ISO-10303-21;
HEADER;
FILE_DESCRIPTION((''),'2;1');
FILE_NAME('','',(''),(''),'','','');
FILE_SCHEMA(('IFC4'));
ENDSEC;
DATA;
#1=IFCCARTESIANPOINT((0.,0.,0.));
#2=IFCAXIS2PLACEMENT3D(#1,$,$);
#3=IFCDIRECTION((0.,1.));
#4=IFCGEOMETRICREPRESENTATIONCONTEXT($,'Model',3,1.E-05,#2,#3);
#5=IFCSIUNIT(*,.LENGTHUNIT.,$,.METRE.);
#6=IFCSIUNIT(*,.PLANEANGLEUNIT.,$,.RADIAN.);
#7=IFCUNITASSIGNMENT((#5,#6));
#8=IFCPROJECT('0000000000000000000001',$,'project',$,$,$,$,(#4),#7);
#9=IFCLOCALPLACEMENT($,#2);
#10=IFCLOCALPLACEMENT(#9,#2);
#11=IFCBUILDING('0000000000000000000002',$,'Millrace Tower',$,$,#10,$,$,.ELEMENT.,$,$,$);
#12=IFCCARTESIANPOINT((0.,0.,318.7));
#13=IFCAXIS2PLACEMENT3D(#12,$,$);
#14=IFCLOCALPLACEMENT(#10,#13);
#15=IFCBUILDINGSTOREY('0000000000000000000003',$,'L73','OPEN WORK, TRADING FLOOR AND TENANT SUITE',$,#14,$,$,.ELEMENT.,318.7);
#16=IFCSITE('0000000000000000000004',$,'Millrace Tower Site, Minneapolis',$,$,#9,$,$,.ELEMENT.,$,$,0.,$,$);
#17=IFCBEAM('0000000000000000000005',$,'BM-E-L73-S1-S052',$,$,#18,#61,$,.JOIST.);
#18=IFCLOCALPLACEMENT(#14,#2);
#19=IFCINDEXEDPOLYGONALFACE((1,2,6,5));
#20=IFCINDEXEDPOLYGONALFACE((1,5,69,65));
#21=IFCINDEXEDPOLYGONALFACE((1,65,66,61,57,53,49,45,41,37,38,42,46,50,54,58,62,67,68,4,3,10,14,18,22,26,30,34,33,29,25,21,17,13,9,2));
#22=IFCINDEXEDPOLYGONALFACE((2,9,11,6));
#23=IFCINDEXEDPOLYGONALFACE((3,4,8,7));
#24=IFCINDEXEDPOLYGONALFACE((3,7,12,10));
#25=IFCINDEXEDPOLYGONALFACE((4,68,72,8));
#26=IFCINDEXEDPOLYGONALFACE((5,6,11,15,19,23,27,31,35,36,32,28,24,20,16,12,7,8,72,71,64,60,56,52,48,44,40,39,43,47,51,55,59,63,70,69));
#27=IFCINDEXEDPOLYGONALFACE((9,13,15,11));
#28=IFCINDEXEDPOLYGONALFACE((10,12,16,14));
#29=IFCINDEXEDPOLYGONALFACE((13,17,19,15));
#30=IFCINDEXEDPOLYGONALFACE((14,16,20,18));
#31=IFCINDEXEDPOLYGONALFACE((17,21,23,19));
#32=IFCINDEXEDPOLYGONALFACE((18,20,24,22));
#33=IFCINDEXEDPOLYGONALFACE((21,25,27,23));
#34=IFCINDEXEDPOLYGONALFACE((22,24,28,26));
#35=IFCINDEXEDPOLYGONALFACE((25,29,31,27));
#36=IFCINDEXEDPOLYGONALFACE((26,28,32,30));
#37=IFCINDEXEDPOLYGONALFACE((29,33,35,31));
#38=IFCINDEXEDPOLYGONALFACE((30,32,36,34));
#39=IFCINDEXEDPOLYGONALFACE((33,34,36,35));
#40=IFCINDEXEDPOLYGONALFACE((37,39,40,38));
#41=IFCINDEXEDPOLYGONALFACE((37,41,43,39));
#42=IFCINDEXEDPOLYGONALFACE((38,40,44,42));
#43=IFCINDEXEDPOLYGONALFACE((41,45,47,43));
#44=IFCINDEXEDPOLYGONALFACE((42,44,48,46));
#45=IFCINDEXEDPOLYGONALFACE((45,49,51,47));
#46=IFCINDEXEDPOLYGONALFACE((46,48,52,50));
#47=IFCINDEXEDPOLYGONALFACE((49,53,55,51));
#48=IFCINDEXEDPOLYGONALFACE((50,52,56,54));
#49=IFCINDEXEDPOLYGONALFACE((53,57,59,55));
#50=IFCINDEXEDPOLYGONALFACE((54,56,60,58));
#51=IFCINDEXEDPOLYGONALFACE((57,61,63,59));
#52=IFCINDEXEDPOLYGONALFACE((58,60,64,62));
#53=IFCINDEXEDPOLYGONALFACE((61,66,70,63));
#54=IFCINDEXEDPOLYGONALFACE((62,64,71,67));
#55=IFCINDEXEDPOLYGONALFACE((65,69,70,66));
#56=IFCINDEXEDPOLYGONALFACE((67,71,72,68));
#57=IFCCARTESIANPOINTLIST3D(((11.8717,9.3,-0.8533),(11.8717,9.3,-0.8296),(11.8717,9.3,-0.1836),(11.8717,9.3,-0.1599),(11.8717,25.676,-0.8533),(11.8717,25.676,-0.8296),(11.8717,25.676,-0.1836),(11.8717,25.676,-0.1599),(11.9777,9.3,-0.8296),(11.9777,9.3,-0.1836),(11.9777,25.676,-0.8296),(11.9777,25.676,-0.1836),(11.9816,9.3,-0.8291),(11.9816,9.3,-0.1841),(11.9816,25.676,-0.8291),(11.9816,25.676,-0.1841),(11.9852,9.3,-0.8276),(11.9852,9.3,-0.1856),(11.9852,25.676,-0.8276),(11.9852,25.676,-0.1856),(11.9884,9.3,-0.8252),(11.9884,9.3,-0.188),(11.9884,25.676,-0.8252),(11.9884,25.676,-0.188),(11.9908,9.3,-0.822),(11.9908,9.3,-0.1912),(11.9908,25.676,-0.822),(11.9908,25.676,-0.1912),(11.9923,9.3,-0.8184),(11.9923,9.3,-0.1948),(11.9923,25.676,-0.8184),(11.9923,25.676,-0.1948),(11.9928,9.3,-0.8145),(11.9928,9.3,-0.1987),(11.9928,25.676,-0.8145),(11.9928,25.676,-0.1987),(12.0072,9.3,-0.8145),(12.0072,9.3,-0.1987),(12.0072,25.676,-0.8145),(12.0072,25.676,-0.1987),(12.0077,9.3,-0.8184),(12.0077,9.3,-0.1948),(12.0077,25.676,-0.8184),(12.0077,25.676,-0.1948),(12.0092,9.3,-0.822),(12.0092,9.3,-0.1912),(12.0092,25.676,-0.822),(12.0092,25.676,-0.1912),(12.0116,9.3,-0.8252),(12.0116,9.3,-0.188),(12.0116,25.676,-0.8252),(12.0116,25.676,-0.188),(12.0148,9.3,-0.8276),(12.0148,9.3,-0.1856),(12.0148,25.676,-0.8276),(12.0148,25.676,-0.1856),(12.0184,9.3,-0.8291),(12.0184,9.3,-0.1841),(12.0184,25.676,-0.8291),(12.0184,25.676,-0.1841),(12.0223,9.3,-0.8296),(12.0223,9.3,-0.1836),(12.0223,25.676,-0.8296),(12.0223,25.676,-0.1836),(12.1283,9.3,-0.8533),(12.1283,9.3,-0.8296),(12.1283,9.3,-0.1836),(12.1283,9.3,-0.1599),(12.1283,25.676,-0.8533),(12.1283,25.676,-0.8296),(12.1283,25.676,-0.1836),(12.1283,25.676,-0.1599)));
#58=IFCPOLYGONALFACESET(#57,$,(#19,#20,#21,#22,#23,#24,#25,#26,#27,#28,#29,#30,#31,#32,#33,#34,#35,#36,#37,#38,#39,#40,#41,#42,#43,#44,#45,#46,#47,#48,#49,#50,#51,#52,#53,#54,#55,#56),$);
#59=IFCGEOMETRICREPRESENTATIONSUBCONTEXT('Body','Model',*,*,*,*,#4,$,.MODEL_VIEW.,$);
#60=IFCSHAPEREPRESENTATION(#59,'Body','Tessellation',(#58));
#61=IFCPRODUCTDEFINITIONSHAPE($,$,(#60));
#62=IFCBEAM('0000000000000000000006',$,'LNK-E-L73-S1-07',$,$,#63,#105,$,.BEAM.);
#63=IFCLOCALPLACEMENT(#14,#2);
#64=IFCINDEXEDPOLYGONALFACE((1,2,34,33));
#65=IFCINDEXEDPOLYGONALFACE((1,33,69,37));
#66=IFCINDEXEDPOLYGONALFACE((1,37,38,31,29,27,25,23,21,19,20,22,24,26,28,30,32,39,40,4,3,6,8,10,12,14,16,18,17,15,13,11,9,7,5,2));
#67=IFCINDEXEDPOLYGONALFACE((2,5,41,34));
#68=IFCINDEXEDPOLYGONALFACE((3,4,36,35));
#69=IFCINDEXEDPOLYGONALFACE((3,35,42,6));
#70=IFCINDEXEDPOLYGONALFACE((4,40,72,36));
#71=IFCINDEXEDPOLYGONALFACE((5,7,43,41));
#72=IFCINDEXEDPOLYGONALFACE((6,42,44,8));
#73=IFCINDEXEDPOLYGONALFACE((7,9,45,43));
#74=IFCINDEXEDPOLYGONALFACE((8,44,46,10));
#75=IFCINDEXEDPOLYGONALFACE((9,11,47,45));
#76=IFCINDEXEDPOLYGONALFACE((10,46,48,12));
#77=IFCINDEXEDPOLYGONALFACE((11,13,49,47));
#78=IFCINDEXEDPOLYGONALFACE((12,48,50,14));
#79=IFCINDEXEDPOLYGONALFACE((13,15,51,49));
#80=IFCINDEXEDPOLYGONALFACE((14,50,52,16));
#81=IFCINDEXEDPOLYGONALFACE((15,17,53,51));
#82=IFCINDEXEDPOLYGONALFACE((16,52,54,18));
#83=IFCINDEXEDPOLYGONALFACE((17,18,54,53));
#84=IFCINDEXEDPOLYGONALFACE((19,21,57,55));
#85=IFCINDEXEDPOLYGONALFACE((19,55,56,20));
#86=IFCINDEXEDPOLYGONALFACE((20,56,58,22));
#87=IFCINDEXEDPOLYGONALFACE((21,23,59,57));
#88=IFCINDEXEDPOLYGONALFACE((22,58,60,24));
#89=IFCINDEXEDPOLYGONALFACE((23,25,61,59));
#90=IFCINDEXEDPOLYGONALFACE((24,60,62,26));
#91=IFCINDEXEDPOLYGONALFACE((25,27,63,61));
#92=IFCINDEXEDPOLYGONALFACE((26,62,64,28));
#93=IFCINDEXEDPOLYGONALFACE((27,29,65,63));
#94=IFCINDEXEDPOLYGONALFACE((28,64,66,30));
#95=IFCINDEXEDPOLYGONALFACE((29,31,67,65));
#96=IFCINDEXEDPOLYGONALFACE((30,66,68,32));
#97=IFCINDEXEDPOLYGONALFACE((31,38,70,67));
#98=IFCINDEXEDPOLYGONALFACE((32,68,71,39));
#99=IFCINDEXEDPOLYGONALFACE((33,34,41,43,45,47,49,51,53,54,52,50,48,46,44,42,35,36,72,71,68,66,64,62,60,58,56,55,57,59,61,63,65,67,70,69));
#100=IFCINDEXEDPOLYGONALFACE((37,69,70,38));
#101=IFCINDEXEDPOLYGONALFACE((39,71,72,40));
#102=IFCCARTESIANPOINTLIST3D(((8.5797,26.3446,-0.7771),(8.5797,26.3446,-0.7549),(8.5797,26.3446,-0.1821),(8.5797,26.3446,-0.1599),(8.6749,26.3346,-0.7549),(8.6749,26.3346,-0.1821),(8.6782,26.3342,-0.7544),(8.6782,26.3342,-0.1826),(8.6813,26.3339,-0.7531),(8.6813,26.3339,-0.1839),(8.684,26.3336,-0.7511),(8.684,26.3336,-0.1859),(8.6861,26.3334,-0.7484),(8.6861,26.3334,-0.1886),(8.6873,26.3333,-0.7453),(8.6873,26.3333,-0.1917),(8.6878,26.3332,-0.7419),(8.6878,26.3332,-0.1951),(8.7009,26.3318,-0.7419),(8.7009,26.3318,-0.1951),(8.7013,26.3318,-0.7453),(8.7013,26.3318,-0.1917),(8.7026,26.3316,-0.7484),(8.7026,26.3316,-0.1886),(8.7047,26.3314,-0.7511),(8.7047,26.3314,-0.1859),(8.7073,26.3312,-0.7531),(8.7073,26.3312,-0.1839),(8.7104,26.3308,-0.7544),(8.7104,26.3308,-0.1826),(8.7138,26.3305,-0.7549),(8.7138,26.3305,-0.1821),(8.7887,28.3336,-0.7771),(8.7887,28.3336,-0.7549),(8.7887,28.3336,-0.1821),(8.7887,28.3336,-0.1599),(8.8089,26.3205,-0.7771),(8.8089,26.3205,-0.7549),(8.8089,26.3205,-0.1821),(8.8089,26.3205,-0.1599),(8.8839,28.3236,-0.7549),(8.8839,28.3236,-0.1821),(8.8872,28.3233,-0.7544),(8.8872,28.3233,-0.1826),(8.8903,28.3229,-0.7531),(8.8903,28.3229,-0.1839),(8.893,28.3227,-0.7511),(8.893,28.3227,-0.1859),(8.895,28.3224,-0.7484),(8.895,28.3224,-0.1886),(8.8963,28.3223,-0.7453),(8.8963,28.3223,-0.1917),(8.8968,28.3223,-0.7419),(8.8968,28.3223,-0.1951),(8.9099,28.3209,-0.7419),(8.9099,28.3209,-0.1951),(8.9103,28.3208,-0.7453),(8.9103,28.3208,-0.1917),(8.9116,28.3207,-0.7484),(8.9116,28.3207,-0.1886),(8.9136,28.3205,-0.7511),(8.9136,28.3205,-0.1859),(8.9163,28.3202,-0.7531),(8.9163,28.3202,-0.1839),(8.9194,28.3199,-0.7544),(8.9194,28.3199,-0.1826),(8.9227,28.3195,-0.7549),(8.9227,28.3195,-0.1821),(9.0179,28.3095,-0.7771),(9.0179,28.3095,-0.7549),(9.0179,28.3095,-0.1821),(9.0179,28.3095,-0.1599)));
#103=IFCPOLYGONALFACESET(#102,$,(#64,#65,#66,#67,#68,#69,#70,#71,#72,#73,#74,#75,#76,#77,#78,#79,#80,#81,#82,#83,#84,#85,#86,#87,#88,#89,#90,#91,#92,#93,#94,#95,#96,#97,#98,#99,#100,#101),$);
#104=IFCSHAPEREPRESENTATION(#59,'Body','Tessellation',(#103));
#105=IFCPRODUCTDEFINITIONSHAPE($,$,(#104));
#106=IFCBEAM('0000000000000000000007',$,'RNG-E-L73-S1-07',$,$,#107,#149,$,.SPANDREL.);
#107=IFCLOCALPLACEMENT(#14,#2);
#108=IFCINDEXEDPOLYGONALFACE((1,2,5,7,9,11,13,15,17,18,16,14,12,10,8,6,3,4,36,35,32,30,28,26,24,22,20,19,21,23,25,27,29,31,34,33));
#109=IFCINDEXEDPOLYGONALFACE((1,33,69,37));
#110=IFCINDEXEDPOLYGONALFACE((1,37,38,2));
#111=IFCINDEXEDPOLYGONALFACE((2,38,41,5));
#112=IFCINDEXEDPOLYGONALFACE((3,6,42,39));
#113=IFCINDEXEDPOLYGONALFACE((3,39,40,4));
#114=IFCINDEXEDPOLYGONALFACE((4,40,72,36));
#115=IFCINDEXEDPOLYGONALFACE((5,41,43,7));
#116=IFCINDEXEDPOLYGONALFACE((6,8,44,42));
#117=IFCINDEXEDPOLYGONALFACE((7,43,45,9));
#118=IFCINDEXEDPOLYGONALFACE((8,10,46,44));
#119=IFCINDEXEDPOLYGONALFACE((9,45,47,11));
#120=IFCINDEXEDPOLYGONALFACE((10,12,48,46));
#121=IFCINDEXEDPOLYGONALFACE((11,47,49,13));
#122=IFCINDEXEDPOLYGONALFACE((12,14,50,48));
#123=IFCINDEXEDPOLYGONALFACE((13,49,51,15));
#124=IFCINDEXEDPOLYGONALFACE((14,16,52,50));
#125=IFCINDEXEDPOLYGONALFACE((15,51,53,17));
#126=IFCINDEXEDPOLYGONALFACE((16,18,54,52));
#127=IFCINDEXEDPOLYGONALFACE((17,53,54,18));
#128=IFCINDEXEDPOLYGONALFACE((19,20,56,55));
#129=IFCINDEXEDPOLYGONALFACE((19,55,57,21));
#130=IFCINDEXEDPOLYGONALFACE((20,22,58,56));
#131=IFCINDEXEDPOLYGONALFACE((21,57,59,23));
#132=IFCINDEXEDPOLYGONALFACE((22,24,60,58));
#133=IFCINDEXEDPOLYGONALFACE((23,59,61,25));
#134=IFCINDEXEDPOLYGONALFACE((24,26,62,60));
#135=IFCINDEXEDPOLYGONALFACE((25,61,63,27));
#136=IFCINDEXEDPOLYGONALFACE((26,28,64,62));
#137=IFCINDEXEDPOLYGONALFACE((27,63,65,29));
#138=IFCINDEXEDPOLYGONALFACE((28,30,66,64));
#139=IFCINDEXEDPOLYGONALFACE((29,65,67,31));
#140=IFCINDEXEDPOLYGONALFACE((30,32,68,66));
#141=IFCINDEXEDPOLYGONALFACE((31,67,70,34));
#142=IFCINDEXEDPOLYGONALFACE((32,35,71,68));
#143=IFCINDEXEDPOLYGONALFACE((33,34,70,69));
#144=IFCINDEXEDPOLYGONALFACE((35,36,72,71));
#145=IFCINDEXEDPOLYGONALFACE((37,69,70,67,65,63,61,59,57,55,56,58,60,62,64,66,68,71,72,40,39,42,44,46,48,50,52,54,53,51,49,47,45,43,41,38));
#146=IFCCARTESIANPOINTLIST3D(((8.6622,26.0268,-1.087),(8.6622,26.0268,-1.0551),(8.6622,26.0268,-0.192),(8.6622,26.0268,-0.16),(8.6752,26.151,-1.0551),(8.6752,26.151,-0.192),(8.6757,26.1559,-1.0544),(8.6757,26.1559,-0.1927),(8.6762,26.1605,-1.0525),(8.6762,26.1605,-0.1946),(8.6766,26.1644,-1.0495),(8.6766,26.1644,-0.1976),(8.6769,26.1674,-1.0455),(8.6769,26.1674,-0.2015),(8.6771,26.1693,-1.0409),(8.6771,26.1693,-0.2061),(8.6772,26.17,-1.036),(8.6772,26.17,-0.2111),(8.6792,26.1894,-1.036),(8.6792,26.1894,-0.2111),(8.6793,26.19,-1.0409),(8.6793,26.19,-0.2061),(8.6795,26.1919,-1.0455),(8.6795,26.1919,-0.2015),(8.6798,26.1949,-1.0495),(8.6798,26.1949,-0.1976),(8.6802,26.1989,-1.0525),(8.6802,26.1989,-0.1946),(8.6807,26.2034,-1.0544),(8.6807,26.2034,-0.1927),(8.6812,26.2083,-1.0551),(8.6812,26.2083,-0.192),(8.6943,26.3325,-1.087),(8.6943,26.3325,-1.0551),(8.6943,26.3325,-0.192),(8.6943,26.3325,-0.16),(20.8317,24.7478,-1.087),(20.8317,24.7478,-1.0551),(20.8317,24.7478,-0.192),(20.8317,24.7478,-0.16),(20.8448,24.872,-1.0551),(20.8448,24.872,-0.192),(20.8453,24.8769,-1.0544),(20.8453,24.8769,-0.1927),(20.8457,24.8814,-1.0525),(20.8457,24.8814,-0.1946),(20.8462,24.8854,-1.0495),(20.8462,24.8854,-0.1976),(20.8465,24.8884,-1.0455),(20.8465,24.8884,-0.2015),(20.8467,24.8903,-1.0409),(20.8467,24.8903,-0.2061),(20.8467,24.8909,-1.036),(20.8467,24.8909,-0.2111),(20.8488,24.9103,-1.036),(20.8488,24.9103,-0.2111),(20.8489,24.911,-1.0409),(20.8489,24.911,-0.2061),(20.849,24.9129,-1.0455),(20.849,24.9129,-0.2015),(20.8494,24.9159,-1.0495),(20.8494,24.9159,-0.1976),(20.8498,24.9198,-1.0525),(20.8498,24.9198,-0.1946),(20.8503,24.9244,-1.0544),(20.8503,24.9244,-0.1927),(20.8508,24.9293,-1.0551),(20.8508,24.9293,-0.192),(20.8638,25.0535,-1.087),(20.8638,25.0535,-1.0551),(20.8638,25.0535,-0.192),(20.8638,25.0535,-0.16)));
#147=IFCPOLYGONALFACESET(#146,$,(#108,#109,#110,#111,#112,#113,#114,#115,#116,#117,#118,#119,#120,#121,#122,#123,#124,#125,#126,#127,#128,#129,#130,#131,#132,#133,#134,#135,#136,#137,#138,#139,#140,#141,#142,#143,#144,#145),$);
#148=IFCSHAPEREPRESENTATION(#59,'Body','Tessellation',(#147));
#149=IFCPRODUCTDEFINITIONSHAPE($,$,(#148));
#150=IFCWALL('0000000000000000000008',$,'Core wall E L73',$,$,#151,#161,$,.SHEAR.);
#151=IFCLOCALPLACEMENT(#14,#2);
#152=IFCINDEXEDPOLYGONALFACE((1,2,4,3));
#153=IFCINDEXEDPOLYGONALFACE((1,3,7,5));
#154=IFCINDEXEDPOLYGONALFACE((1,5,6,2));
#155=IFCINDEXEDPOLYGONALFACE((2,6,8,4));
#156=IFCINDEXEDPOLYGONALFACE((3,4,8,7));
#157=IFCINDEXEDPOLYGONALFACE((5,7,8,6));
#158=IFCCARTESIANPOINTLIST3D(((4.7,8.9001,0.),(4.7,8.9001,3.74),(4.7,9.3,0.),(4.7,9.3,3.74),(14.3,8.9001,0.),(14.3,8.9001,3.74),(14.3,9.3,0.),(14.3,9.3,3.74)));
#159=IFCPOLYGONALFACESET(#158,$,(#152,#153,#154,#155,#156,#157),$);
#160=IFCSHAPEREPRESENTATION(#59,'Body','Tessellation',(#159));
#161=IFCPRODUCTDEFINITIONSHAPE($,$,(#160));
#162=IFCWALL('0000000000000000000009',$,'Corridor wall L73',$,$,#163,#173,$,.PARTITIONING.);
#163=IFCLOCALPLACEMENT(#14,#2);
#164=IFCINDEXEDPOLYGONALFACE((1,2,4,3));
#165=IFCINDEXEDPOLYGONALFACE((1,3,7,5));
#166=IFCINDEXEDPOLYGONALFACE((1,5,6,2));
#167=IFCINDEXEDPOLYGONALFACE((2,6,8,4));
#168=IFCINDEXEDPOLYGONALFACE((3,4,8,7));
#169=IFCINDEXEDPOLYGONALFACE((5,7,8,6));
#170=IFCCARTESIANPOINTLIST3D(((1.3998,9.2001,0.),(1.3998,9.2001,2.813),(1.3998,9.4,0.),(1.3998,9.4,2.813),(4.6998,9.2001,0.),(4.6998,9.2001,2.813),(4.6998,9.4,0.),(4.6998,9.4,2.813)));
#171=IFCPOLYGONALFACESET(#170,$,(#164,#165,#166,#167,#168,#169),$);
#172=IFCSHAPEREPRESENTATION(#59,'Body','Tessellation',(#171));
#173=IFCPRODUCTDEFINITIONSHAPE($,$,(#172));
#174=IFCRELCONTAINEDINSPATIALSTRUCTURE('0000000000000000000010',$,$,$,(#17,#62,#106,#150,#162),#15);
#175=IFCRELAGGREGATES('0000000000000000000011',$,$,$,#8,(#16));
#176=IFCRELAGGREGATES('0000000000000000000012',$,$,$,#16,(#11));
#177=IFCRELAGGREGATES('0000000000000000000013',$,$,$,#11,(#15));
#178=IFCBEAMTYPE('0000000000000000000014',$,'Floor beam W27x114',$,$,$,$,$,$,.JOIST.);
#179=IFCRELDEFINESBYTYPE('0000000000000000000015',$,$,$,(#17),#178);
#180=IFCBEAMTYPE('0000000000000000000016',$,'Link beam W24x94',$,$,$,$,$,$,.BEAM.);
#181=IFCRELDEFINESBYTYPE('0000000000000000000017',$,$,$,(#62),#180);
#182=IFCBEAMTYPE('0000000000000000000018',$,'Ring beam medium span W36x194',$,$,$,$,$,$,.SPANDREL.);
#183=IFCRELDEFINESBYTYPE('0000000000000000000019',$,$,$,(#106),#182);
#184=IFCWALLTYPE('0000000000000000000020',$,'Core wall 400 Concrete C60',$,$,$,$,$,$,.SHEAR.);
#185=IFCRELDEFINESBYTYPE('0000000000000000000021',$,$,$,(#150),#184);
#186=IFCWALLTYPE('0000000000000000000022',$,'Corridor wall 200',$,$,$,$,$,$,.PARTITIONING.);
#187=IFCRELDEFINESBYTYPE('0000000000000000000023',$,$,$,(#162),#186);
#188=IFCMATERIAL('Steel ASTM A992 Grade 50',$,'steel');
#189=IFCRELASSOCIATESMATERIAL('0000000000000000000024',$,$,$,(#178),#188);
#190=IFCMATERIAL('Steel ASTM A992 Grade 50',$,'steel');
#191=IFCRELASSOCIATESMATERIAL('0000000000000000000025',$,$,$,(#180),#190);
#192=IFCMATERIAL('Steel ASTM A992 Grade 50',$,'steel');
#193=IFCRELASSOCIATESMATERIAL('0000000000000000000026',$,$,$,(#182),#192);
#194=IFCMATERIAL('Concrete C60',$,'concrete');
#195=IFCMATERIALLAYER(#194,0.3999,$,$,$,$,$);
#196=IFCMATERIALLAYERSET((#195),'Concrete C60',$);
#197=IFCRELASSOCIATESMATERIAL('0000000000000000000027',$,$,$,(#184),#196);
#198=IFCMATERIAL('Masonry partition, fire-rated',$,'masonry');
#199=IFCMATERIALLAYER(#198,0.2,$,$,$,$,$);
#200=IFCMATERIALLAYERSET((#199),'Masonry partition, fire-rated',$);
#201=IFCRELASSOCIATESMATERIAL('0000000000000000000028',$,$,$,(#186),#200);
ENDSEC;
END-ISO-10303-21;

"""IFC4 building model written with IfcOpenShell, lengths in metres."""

from ifc_helpers import new_model, si_unit, direction, frame, frame_2d, origin, origin_2d, place, context, subcontext, project, spatial, rectangle, i_section, extrude, material, layer, layer_set, material_profile, profile_set, type_object, element, save


model = new_model("IFC4")

# Units and contexts
model_context = context("Model", 3, precision=1e-05, world=origin(), true_north=direction((0.0, 1.0)))
body_context = subcontext(model_context, "Body", "Model", "MODEL_VIEW")
ifc_project = project(units=[si_unit("LENGTHUNIT", "METRE"), si_unit("PLANEANGLEUNIT", "RADIAN")], contexts=[model_context])

# Site, building, storey
site_placement = place(None, origin())
site = spatial("IfcSite", under=ifc_project, at=site_placement, Name="Millrace Tower Site, Minneapolis", CompositionType="ELEMENT", RefElevation=0.0)
building_placement = place(site_placement, origin())
building = spatial("IfcBuilding", under=site, at=building_placement, Name="Millrace Tower", CompositionType="ELEMENT")
storey_placement = place(building_placement, frame((0.0, 0.0, 318.7)))
storey = spatial("IfcBuildingStorey", under=building, at=storey_placement, Name="L73", Description="OPEN WORK, TRADING FLOOR AND TENANT SUITE", CompositionType="ELEMENT", Elevation=318.7)

# Beams
ifc_material_1 = material(Name="Steel ASTM A992 Grade 50", Category="steel")
ifc_material_profile_1 = material_profile(ifc_material_1, i_section(OverallWidth=0.2566, OverallDepth=0.6934, WebThickness=0.0144, FlangeThickness=0.0237, FilletRadius=0.0151, at=origin_2d()))
ifc_profile_set_1 = profile_set([ifc_material_profile_1], Name="Steel ASTM A992 Grade 50")
beam_type_1 = type_object("IfcBeamType", Name="Floor beam W27x114", PredefinedType="JOIST", material=ifc_profile_set_1)
beam_1_placement = place(storey_placement, frame((12.0, 9.3, -0.5066), z_axis=(0.0, 1.0, 0.0), x_axis=(-1.0, 0.0, 0.0)))
element("IfcBeam", 1, at=beam_1_placement, inside=storey, type_object=beam_type_1, Name="BM-E-L73-S1-S052", PredefinedType="JOIST", context=body_context, shape_type="SweptSolid", body=[
    extrude(i_section(OverallWidth=0.2566, OverallDepth=0.6934, WebThickness=0.0144, FlangeThickness=0.0237, FilletRadius=0.0151, at=origin_2d()), origin(), (0.0, 0.0, 1.0), 16.376),
])
ifc_material_2 = material(Name="Steel ASTM A992 Grade 50", Category="steel")
ifc_material_profile_2 = material_profile(ifc_material_2, i_section(OverallWidth=0.2305, OverallDepth=0.6172, WebThickness=0.0132, FlangeThickness=0.0222, FilletRadius=0.0129, at=origin_2d()))
ifc_profile_set_2 = profile_set([ifc_material_profile_2], Name="Steel ASTM A992 Grade 50")
beam_type_2 = type_object("IfcBeamType", Name="Link beam W24x94", PredefinedType="BEAM", material=ifc_profile_set_2)
beam_2_placement = place(storey_placement, frame((8.6943, 26.3325, -0.4685), z_axis=(0.104494, 0.994526, 0.0), x_axis=(-0.994526, 0.104494, 0.0)))
element("IfcBeam", 2, at=beam_2_placement, inside=storey, type_object=beam_type_2, Name="LNK-E-L73-S1-07", PredefinedType="BEAM", context=body_context, shape_type="SweptSolid", body=[
    extrude(i_section(OverallWidth=0.2305, OverallDepth=0.6172, WebThickness=0.0132, FlangeThickness=0.0222, FilletRadius=0.0129, at=origin_2d()), origin(), (0.0, 0.0, 1.0), 2.0),
])
ifc_material_3 = material(Name="Steel ASTM A992 Grade 50", Category="steel")
ifc_material_profile_3 = material_profile(ifc_material_3, i_section(OverallWidth=0.3074, OverallDepth=0.927, WebThickness=0.0195, FlangeThickness=0.032, FilletRadius=0.019, at=origin_2d()))
ifc_profile_set_3 = profile_set([ifc_material_profile_3], Name="Steel ASTM A992 Grade 50")
beam_type_3 = type_object("IfcBeamType", Name="Ring beam medium span W36x194", PredefinedType="SPANDREL", material=ifc_profile_set_3)
beam_3_placement = place(storey_placement, frame((8.6782, 26.1797, -0.6235), z_axis=(0.994522, -0.104528, 0.0), x_axis=(0.104528, 0.994522, 0.0)))
element("IfcBeam", 3, at=beam_3_placement, inside=storey, type_object=beam_type_3, Name="RNG-E-L73-S1-07", PredefinedType="SPANDREL", context=body_context, shape_type="SweptSolid", body=[
    extrude(i_section(OverallWidth=0.3074, OverallDepth=0.927, WebThickness=0.0195, FlangeThickness=0.032, FilletRadius=0.019, at=origin_2d()), origin(), (0.0, 0.0, 1.0), 12.2366),
])

# Walls
ifc_material_4 = material(Name="Concrete C60", Category="concrete")
ifc_layer_1 = layer(ifc_material_4, 0.3999)
ifc_layer_set_1 = layer_set([ifc_layer_1], Name="Concrete C60")
wall_type_1 = type_object("IfcWallType", Name="Core wall 400 Concrete C60", PredefinedType="SHEAR", material=ifc_layer_set_1)
wall_1_placement = place(storey_placement, frame((14.3, 9.1001, 0.0), z_axis=(0.0, 0.0, 1.0), x_axis=(-1.0, 0.0, 0.0)))
element("IfcWall", 4, at=wall_1_placement, inside=storey, type_object=wall_type_1, Name="Core wall E L73", PredefinedType="SHEAR", context=body_context, shape_type="SweptSolid", body=[
    extrude(rectangle(XDim=9.6001, YDim=0.3999, at=frame_2d((4.8, 0.0))), origin(), (0.0, 0.0, 1.0), 3.74),
])
ifc_material_5 = material(Name="Masonry partition, fire-rated", Category="masonry")
ifc_layer_2 = layer(ifc_material_5, 0.2)
ifc_layer_set_2 = layer_set([ifc_layer_2], Name="Masonry partition, fire-rated")
wall_type_2 = type_object("IfcWallType", Name="Corridor wall 200", PredefinedType="PARTITIONING", material=ifc_layer_set_2)
wall_2_placement = place(storey_placement, frame((1.3999, 9.3, 0.0), z_axis=(0.0, 0.0, 1.0), x_axis=(1.0, 0.0, 0.0)))
element("IfcWall", 5, at=wall_2_placement, inside=storey, type_object=wall_type_2, Name="Corridor wall L73", PredefinedType="PARTITIONING", context=body_context, shape_type="SweptSolid", body=[
    extrude(rectangle(XDim=3.3, YDim=0.2, at=frame_2d((1.6499, 0.0))), origin(), (0.0, 0.0, 1.0), 2.813),
])

save(model, "model.ifc")
